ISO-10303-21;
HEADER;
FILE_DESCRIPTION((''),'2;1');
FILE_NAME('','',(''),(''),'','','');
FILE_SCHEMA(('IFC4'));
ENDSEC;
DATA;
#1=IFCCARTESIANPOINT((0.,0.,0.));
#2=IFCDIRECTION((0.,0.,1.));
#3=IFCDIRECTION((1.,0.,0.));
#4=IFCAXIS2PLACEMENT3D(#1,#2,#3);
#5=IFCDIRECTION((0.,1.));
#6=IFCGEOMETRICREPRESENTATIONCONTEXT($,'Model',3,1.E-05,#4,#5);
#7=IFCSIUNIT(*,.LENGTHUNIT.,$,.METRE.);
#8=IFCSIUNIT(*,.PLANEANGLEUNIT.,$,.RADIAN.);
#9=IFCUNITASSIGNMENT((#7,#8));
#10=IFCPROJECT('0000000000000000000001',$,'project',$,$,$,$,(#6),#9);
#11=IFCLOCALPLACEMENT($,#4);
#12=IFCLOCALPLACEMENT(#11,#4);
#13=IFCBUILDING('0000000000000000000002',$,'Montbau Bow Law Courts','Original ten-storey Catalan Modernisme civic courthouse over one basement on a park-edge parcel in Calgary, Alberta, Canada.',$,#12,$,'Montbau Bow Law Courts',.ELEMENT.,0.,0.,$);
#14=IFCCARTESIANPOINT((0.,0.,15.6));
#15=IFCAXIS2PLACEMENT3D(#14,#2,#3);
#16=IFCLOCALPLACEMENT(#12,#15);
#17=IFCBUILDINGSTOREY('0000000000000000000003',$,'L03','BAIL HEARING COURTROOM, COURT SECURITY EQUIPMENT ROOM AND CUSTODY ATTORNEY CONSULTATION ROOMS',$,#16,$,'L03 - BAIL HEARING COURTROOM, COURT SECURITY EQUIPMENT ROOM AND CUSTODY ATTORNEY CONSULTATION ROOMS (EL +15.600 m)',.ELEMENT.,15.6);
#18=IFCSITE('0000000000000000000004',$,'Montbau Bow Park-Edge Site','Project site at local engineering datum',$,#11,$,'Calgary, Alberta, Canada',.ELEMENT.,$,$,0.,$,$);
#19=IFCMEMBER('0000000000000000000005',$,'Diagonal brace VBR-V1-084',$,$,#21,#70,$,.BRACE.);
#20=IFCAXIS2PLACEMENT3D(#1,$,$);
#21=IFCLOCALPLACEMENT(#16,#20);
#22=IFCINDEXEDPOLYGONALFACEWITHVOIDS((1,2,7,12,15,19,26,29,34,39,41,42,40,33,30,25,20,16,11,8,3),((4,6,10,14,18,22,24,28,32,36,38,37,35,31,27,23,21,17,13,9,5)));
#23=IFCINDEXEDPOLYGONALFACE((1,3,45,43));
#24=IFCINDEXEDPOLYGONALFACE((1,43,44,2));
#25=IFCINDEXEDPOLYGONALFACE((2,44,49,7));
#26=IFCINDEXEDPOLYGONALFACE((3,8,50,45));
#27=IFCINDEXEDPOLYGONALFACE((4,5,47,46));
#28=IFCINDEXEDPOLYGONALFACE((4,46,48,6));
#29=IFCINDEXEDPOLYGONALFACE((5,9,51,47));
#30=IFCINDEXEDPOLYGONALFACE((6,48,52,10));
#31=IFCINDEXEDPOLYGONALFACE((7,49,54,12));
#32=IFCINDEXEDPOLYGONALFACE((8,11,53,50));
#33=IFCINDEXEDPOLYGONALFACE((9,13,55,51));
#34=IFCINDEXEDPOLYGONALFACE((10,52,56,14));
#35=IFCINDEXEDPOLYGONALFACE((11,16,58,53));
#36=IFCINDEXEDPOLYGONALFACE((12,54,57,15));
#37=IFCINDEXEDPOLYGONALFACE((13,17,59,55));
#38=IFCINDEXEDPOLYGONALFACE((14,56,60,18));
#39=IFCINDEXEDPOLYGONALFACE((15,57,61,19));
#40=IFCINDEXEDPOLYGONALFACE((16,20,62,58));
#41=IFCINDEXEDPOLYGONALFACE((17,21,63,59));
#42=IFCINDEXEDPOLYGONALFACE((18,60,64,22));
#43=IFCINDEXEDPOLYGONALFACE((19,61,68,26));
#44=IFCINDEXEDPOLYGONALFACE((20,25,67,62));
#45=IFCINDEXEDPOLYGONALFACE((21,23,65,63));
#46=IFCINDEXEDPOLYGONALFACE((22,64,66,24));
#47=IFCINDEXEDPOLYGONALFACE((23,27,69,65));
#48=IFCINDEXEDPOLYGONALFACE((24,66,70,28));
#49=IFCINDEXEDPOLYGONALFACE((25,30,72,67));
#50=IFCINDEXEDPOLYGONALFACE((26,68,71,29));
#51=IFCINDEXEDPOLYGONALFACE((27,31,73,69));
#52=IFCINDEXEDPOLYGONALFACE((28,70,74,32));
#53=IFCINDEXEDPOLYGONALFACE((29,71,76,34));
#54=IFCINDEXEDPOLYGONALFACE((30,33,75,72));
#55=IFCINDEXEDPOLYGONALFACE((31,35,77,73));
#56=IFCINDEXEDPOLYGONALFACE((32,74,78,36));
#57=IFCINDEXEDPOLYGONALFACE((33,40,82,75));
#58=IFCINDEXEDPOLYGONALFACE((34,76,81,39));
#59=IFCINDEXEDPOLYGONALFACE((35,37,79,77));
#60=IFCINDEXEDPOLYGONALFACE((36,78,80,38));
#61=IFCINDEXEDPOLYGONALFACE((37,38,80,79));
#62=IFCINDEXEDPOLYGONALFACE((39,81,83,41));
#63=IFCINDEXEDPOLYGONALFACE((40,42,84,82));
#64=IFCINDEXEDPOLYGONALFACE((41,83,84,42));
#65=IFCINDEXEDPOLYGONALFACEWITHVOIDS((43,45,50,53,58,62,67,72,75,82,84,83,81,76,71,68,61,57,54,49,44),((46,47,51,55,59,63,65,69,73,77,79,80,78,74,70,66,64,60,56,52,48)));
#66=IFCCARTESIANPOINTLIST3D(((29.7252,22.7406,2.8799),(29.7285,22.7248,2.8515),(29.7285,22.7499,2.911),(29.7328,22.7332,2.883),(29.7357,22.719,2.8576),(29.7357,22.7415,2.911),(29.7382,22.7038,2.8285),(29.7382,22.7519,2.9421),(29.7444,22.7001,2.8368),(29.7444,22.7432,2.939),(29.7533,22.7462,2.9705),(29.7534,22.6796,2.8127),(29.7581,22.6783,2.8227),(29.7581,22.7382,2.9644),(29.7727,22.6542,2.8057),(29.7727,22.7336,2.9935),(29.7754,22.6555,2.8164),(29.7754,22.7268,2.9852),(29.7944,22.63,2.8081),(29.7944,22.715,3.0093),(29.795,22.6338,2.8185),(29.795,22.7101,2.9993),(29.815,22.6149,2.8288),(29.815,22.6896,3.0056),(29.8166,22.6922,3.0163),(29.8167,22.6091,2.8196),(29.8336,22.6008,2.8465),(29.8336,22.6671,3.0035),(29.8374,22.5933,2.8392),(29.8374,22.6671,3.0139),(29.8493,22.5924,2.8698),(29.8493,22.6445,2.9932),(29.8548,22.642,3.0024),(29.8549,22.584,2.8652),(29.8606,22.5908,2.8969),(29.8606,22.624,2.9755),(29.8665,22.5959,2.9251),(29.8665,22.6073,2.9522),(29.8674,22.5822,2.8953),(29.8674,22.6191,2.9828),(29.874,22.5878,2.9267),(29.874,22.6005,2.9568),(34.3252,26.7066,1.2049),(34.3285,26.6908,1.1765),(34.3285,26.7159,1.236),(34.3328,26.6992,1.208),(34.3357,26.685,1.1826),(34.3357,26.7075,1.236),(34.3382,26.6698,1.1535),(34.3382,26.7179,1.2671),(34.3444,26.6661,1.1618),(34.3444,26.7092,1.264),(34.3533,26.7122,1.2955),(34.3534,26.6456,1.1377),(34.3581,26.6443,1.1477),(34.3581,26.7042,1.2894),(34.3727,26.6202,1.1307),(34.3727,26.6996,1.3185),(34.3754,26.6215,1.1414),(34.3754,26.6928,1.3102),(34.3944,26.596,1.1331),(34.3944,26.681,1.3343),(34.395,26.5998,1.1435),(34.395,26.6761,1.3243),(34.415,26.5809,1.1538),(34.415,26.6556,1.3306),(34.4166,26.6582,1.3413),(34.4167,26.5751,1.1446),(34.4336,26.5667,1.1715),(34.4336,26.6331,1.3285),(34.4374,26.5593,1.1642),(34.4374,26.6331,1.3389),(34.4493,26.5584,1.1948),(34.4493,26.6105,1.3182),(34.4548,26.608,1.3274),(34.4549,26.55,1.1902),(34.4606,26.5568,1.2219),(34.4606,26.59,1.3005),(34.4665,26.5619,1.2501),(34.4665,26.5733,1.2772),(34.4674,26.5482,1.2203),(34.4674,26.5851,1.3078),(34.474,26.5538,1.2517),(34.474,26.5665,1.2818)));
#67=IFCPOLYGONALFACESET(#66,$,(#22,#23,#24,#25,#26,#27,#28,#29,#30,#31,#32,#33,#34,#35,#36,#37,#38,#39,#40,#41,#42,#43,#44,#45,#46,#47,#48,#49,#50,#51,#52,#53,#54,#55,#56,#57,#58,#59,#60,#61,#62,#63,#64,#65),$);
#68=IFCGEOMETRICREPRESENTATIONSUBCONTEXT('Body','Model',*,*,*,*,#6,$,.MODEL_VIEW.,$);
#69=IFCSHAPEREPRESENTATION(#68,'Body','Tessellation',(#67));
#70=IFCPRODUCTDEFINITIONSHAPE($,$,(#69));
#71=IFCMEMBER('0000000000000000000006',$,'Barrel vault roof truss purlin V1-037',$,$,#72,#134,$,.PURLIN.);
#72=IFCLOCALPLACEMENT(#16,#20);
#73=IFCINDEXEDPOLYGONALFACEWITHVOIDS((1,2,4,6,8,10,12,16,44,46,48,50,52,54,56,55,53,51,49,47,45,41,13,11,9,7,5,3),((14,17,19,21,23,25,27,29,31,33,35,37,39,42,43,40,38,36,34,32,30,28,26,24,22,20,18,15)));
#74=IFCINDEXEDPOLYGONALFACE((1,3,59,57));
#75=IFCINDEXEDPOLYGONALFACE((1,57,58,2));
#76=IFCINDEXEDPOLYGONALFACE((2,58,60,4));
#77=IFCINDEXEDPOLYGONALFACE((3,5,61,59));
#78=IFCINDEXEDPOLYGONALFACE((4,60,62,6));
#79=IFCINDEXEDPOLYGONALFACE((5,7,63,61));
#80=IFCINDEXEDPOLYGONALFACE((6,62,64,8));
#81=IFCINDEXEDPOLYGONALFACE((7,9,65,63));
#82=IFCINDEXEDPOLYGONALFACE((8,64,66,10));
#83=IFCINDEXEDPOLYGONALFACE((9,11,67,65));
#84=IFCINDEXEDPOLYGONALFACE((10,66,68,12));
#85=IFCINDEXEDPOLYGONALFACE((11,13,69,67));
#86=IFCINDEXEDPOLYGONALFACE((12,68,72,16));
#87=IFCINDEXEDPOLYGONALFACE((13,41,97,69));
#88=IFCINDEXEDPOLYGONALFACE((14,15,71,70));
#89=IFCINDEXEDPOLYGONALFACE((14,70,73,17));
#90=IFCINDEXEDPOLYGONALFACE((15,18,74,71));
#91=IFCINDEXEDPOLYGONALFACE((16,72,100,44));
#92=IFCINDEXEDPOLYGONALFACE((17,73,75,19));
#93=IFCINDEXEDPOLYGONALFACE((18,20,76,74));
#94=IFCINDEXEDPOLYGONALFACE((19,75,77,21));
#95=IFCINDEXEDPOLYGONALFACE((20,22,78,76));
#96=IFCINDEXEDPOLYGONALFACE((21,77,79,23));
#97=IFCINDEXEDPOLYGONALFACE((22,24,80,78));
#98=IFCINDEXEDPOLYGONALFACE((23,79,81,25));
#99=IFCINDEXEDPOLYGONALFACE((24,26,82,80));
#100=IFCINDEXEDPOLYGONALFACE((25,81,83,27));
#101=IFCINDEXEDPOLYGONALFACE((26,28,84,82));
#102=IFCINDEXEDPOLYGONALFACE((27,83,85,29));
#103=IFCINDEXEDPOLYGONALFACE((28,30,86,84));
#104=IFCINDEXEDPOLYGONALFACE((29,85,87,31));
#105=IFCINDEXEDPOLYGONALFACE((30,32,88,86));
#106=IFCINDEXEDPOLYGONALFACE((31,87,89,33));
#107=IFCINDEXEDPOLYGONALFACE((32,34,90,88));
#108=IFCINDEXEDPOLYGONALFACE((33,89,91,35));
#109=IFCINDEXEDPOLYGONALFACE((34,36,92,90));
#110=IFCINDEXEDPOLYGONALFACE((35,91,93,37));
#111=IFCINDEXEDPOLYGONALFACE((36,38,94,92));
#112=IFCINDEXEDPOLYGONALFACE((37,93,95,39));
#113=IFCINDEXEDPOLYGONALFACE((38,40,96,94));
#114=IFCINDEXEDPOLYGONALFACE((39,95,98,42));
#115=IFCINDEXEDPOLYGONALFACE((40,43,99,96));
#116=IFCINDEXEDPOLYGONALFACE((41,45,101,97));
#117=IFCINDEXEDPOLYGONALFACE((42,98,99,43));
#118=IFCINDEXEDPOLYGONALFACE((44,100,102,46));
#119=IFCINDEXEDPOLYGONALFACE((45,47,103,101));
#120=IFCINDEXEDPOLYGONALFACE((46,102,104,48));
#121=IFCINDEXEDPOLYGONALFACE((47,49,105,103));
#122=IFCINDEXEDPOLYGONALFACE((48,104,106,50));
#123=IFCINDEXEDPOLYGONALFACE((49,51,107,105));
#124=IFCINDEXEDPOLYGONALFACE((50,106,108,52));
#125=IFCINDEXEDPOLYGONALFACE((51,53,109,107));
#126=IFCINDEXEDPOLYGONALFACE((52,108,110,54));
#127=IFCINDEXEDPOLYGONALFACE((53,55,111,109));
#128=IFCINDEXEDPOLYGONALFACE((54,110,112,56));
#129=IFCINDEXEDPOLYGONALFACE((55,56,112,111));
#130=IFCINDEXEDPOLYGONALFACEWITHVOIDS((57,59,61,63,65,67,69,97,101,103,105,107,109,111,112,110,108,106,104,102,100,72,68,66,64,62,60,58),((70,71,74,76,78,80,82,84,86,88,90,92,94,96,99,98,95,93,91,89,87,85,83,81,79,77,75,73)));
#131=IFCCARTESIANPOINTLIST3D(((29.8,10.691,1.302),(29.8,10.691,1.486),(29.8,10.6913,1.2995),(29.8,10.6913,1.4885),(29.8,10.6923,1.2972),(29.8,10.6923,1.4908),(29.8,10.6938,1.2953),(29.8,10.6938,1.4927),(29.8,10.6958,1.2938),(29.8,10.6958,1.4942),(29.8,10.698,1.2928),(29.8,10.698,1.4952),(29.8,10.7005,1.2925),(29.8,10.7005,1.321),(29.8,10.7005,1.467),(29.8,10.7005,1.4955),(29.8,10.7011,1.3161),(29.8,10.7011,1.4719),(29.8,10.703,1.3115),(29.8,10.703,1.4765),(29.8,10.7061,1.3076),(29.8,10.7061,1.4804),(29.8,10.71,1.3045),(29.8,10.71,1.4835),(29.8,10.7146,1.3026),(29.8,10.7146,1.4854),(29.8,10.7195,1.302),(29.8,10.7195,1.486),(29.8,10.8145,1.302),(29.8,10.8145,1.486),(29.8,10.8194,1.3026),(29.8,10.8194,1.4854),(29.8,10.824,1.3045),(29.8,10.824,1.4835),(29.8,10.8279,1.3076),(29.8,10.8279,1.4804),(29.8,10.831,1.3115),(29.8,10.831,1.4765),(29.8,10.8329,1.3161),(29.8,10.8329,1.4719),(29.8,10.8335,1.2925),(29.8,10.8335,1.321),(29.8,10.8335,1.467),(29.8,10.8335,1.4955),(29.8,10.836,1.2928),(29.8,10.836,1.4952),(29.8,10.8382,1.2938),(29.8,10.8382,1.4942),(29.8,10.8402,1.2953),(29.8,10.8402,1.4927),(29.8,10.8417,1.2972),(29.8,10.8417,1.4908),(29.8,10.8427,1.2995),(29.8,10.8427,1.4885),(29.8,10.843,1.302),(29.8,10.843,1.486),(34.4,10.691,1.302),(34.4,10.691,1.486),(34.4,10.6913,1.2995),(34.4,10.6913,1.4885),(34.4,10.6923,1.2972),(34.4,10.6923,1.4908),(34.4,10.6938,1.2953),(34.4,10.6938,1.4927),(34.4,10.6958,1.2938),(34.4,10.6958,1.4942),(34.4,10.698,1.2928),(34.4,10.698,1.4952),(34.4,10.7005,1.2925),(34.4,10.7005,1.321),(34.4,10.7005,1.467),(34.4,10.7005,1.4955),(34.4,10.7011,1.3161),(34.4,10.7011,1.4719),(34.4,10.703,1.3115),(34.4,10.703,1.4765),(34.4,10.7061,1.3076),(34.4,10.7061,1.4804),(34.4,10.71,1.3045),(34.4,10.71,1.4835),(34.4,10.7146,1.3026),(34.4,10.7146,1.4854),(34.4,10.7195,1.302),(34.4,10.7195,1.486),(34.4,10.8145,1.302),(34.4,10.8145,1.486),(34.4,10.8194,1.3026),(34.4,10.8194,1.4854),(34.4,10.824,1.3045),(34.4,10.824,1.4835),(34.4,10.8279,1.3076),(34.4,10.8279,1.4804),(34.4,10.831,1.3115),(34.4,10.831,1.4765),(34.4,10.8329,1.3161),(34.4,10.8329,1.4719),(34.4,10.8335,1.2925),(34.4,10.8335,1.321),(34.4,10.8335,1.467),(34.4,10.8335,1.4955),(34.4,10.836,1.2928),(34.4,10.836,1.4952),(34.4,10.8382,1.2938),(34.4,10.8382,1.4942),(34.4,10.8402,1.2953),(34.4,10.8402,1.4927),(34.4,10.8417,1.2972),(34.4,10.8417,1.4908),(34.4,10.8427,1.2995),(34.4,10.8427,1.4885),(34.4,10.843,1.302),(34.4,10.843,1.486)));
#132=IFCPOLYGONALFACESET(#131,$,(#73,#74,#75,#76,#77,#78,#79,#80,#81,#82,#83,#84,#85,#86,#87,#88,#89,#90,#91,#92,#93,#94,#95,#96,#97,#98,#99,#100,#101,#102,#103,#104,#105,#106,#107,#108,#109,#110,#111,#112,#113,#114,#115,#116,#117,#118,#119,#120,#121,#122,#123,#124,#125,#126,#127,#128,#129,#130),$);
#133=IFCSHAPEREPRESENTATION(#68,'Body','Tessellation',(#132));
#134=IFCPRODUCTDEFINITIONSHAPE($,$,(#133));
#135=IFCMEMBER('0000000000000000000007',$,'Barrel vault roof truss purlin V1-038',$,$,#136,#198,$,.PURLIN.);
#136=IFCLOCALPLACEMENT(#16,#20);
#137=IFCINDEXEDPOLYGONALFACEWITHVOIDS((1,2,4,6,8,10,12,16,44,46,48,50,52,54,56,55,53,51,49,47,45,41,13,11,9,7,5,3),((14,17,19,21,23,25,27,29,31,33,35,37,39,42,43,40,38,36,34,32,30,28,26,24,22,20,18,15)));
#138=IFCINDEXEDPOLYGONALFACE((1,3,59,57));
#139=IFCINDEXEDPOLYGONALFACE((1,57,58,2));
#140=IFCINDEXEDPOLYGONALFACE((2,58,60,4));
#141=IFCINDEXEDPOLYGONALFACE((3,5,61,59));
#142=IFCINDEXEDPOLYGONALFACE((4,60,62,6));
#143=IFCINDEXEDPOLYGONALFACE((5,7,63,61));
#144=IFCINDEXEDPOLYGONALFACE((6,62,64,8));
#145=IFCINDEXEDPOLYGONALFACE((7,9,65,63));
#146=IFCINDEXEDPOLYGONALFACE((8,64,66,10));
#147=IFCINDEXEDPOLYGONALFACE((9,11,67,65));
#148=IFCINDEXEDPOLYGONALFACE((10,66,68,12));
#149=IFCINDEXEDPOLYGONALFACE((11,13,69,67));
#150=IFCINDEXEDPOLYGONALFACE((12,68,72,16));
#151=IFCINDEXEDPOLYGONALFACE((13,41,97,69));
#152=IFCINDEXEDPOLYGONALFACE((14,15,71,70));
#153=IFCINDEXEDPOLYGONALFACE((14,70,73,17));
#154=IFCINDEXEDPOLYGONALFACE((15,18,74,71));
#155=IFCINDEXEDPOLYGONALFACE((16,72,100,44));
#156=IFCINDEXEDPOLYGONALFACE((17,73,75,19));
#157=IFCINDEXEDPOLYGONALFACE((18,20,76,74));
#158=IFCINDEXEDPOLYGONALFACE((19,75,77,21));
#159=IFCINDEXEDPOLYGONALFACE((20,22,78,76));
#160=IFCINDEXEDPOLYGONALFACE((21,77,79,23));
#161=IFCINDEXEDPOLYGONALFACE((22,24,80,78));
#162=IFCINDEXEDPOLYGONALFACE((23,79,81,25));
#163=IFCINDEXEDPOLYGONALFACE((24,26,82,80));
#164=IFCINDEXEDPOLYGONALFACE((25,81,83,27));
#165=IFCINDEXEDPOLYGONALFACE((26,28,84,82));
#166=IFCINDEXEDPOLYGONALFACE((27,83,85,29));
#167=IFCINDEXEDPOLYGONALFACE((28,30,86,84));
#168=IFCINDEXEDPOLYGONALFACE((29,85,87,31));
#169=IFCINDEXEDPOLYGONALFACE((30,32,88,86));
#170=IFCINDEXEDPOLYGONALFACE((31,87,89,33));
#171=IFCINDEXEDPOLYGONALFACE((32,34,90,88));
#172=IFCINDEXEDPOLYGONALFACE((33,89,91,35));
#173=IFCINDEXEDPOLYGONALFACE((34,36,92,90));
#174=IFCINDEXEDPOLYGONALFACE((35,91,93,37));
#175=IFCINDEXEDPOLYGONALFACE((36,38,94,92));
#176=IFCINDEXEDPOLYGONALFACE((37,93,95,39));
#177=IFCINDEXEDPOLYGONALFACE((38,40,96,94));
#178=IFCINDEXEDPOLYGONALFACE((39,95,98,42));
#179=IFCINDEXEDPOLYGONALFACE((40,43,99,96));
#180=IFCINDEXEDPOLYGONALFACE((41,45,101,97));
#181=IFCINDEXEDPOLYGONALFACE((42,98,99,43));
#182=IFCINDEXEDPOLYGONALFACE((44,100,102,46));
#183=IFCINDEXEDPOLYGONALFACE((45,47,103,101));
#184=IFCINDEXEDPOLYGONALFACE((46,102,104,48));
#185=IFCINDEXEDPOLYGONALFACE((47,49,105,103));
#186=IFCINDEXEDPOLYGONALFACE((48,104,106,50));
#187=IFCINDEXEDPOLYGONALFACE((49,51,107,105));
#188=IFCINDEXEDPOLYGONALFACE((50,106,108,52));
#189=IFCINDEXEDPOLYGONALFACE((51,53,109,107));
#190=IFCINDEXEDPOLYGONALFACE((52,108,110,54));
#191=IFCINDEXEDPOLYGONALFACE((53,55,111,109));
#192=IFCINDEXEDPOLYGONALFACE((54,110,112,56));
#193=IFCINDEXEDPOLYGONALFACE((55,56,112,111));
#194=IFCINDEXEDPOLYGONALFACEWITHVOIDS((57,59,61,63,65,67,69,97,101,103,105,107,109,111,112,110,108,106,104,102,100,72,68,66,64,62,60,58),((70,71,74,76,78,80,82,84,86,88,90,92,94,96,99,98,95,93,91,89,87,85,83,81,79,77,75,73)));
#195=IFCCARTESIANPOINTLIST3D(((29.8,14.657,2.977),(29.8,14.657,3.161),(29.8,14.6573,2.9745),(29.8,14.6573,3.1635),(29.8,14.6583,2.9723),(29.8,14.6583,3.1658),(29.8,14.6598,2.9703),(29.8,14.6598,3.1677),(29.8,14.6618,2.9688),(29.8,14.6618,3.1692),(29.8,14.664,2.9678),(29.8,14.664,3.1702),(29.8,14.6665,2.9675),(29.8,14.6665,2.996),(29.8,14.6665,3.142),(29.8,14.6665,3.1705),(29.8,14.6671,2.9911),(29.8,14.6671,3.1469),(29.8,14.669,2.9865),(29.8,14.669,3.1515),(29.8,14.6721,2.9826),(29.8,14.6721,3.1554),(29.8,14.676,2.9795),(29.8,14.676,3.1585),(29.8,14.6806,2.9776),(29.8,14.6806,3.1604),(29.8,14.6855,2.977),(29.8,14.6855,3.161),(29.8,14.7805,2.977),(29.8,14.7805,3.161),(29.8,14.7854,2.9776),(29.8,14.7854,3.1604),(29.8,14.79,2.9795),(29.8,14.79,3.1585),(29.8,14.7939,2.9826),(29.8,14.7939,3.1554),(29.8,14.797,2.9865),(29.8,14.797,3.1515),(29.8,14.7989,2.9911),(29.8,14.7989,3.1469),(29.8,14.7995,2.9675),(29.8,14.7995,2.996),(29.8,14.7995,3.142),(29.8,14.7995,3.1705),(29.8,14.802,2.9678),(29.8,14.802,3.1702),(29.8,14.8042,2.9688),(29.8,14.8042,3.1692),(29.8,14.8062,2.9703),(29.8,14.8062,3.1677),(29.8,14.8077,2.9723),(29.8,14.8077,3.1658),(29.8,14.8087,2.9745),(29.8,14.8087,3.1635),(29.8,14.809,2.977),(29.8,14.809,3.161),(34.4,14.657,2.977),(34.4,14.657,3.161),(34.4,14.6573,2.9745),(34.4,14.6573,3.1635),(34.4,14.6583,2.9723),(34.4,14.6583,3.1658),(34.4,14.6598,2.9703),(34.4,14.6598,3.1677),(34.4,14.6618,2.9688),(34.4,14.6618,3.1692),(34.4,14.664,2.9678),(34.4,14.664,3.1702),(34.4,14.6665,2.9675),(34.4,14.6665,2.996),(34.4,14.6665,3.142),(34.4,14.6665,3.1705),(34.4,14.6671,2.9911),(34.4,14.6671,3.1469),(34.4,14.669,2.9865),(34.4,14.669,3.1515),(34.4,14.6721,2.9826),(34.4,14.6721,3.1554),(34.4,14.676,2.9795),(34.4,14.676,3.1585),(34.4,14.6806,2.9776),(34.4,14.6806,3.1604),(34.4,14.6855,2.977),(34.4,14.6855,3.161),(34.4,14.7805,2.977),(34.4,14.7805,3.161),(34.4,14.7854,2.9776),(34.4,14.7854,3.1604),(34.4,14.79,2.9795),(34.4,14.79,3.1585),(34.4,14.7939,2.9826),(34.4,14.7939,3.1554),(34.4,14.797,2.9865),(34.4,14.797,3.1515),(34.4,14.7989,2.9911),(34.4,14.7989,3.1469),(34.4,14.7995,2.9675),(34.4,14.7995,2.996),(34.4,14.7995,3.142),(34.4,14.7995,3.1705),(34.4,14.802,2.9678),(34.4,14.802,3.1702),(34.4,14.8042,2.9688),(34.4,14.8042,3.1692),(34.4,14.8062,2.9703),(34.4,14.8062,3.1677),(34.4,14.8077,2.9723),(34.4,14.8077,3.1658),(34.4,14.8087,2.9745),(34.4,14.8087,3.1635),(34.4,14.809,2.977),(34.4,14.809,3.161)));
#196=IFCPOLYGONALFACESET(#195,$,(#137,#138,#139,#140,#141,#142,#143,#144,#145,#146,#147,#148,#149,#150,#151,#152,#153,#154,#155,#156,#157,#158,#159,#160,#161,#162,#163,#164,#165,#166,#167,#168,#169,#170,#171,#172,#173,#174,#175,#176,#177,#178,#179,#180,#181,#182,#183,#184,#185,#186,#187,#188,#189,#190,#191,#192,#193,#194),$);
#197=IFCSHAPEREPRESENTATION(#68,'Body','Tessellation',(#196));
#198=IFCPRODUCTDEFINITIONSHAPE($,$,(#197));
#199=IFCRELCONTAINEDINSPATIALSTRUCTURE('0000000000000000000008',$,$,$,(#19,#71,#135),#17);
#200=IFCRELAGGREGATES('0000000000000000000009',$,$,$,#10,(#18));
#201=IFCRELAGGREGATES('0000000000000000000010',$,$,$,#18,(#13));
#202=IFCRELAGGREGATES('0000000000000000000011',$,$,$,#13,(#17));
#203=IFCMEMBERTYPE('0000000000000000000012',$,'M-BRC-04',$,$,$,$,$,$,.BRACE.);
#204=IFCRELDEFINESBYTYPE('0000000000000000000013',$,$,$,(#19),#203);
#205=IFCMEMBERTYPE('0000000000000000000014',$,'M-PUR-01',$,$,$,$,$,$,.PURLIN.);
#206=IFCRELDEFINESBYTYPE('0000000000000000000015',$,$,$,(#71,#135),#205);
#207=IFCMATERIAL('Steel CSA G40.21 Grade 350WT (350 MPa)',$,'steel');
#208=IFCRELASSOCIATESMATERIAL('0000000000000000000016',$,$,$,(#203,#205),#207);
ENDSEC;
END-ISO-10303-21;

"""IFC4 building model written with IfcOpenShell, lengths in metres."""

from ifc_helpers import new_model, si_unit, direction, frame, origin_with_axes, origin_2d_with_axis, place, context, subcontext, project, spatial, hollow_rectangle, hollow_circle, extrude, material, material_profile, profile_set, type_object, element, save


model = new_model("IFC4")

# Units and contexts
model_context = context("Model", 3, precision=1e-05, world=origin_with_axes(), true_north=direction((0.0, 1.0)))
body_context = subcontext(model_context, "Body", "Model", "MODEL_VIEW")
ifc_project = project(units=[si_unit("LENGTHUNIT", "METRE"), si_unit("PLANEANGLEUNIT", "RADIAN")], contexts=[model_context])

# Site, building, storey
site_placement = place(None, origin_with_axes())
site = spatial("IfcSite", under=ifc_project, at=site_placement, Name="Montbau Bow Park-Edge Site", Description="Project site at local engineering datum", LongName="Calgary, Alberta, Canada", CompositionType="ELEMENT", RefElevation=0.0)
building_placement = place(site_placement, origin_with_axes())
building = spatial("IfcBuilding", under=site, at=building_placement, Name="Montbau Bow Law Courts", Description="Original ten-storey Catalan Modernisme civic courthouse over one basement on a park-edge parcel in Calgary, Alberta, Canada.", LongName="Montbau Bow Law Courts", CompositionType="ELEMENT", ElevationOfRefHeight=0.0, ElevationOfTerrain=0.0)
storey_placement = place(building_placement, frame((0.0, 0.0, 15.6), z_axis=(0.0, 0.0, 1.0), x_axis=(1.0, 0.0, 0.0)))
storey = spatial("IfcBuildingStorey", under=building, at=storey_placement, Name="L03", Description="BAIL HEARING COURTROOM, COURT SECURITY EQUIPMENT ROOM AND CUSTODY ATTORNEY CONSULTATION ROOMS", LongName="L03 - BAIL HEARING COURTROOM, COURT SECURITY EQUIPMENT ROOM AND CUSTODY ATTORNEY CONSULTATION ROOMS (EL +15.600 m)", CompositionType="ELEMENT", Elevation=15.6)

# Shared definitions
ifc_material_1 = material(Name="Steel CSA G40.21 Grade 350WT (350 MPa)", Category="steel")

# Members
ifc_material_profile_1 = material_profile(ifc_material_1, hollow_circle(Radius=0.1095, WallThickness=0.0111, at=origin_2d_with_axis()), Name="HSS219X11", Category="Main", Priority=0)
ifc_profile_set_1 = profile_set([ifc_material_profile_1], Name="Steel CSA G40.21 Grade 350WT (350 MPa)")
member_type_1 = type_object("IfcMemberType", Name="M-BRC-04", PredefinedType="BRACE", material=ifc_profile_set_1)
for number, where, z_axis, x_axis, name in (
    (1, (29.8, 22.667, 18.511), (0.730115, 0.629486, -0.265857), (-0.652985, 0.757371, 0.0), "Diagonal brace VBR-V1-084"),
):
    element("IfcMember", number, at=place(None, frame(where, z_axis=z_axis, x_axis=x_axis)), inside=storey, type_object=member_type_1, Name=name, PredefinedType="BRACE", context=body_context, shape_type="SweptSolid", body=[
        extrude(hollow_circle(Radius=0.1095, WallThickness=0.0111, at=origin_2d_with_axis()), origin_with_axes(), (0.0, 0.0, 1.0), 6.3004),
    ])
ifc_material_profile_2 = material_profile(ifc_material_1, hollow_rectangle(XDim=0.152, YDim=0.203, WallThickness=0.0095, InnerFilletRadius=0.019, OuterFilletRadius=0.0095, at=origin_2d_with_axis()), Name="HSS203X152X9.5", Category="Main", Priority=0)
ifc_profile_set_2 = profile_set([ifc_material_profile_2], Name="Steel CSA G40.21 Grade 350WT (350 MPa)")
member_type_2 = type_object("IfcMemberType", Name="M-PUR-01", PredefinedType="PURLIN", material=ifc_profile_set_2)
for number, where, z_axis, x_axis, name in (
    (2, (29.8, 10.767, 16.994), (1.0, 0.0, 0.0), (0.0, 1.0, 0.0), "Barrel vault roof truss purlin V1-037"),
    (3, (29.8, 14.733, 18.669), (1.0, 0.0, 0.0), (0.0, 1.0, 0.0), "Barrel vault roof truss purlin V1-038"),
):
    element("IfcMember", number, at=place(None, frame(where, z_axis=z_axis, x_axis=x_axis)), inside=storey, type_object=member_type_2, Name=name, PredefinedType="PURLIN", context=body_context, shape_type="SweptSolid", body=[
        extrude(hollow_rectangle(XDim=0.152, YDim=0.203, WallThickness=0.0095, InnerFilletRadius=0.019, OuterFilletRadius=0.0095, at=origin_2d_with_axis()), origin_with_axes(), (0.0, 0.0, 1.0), 4.6),
    ])

save(model, "model.ifc")
